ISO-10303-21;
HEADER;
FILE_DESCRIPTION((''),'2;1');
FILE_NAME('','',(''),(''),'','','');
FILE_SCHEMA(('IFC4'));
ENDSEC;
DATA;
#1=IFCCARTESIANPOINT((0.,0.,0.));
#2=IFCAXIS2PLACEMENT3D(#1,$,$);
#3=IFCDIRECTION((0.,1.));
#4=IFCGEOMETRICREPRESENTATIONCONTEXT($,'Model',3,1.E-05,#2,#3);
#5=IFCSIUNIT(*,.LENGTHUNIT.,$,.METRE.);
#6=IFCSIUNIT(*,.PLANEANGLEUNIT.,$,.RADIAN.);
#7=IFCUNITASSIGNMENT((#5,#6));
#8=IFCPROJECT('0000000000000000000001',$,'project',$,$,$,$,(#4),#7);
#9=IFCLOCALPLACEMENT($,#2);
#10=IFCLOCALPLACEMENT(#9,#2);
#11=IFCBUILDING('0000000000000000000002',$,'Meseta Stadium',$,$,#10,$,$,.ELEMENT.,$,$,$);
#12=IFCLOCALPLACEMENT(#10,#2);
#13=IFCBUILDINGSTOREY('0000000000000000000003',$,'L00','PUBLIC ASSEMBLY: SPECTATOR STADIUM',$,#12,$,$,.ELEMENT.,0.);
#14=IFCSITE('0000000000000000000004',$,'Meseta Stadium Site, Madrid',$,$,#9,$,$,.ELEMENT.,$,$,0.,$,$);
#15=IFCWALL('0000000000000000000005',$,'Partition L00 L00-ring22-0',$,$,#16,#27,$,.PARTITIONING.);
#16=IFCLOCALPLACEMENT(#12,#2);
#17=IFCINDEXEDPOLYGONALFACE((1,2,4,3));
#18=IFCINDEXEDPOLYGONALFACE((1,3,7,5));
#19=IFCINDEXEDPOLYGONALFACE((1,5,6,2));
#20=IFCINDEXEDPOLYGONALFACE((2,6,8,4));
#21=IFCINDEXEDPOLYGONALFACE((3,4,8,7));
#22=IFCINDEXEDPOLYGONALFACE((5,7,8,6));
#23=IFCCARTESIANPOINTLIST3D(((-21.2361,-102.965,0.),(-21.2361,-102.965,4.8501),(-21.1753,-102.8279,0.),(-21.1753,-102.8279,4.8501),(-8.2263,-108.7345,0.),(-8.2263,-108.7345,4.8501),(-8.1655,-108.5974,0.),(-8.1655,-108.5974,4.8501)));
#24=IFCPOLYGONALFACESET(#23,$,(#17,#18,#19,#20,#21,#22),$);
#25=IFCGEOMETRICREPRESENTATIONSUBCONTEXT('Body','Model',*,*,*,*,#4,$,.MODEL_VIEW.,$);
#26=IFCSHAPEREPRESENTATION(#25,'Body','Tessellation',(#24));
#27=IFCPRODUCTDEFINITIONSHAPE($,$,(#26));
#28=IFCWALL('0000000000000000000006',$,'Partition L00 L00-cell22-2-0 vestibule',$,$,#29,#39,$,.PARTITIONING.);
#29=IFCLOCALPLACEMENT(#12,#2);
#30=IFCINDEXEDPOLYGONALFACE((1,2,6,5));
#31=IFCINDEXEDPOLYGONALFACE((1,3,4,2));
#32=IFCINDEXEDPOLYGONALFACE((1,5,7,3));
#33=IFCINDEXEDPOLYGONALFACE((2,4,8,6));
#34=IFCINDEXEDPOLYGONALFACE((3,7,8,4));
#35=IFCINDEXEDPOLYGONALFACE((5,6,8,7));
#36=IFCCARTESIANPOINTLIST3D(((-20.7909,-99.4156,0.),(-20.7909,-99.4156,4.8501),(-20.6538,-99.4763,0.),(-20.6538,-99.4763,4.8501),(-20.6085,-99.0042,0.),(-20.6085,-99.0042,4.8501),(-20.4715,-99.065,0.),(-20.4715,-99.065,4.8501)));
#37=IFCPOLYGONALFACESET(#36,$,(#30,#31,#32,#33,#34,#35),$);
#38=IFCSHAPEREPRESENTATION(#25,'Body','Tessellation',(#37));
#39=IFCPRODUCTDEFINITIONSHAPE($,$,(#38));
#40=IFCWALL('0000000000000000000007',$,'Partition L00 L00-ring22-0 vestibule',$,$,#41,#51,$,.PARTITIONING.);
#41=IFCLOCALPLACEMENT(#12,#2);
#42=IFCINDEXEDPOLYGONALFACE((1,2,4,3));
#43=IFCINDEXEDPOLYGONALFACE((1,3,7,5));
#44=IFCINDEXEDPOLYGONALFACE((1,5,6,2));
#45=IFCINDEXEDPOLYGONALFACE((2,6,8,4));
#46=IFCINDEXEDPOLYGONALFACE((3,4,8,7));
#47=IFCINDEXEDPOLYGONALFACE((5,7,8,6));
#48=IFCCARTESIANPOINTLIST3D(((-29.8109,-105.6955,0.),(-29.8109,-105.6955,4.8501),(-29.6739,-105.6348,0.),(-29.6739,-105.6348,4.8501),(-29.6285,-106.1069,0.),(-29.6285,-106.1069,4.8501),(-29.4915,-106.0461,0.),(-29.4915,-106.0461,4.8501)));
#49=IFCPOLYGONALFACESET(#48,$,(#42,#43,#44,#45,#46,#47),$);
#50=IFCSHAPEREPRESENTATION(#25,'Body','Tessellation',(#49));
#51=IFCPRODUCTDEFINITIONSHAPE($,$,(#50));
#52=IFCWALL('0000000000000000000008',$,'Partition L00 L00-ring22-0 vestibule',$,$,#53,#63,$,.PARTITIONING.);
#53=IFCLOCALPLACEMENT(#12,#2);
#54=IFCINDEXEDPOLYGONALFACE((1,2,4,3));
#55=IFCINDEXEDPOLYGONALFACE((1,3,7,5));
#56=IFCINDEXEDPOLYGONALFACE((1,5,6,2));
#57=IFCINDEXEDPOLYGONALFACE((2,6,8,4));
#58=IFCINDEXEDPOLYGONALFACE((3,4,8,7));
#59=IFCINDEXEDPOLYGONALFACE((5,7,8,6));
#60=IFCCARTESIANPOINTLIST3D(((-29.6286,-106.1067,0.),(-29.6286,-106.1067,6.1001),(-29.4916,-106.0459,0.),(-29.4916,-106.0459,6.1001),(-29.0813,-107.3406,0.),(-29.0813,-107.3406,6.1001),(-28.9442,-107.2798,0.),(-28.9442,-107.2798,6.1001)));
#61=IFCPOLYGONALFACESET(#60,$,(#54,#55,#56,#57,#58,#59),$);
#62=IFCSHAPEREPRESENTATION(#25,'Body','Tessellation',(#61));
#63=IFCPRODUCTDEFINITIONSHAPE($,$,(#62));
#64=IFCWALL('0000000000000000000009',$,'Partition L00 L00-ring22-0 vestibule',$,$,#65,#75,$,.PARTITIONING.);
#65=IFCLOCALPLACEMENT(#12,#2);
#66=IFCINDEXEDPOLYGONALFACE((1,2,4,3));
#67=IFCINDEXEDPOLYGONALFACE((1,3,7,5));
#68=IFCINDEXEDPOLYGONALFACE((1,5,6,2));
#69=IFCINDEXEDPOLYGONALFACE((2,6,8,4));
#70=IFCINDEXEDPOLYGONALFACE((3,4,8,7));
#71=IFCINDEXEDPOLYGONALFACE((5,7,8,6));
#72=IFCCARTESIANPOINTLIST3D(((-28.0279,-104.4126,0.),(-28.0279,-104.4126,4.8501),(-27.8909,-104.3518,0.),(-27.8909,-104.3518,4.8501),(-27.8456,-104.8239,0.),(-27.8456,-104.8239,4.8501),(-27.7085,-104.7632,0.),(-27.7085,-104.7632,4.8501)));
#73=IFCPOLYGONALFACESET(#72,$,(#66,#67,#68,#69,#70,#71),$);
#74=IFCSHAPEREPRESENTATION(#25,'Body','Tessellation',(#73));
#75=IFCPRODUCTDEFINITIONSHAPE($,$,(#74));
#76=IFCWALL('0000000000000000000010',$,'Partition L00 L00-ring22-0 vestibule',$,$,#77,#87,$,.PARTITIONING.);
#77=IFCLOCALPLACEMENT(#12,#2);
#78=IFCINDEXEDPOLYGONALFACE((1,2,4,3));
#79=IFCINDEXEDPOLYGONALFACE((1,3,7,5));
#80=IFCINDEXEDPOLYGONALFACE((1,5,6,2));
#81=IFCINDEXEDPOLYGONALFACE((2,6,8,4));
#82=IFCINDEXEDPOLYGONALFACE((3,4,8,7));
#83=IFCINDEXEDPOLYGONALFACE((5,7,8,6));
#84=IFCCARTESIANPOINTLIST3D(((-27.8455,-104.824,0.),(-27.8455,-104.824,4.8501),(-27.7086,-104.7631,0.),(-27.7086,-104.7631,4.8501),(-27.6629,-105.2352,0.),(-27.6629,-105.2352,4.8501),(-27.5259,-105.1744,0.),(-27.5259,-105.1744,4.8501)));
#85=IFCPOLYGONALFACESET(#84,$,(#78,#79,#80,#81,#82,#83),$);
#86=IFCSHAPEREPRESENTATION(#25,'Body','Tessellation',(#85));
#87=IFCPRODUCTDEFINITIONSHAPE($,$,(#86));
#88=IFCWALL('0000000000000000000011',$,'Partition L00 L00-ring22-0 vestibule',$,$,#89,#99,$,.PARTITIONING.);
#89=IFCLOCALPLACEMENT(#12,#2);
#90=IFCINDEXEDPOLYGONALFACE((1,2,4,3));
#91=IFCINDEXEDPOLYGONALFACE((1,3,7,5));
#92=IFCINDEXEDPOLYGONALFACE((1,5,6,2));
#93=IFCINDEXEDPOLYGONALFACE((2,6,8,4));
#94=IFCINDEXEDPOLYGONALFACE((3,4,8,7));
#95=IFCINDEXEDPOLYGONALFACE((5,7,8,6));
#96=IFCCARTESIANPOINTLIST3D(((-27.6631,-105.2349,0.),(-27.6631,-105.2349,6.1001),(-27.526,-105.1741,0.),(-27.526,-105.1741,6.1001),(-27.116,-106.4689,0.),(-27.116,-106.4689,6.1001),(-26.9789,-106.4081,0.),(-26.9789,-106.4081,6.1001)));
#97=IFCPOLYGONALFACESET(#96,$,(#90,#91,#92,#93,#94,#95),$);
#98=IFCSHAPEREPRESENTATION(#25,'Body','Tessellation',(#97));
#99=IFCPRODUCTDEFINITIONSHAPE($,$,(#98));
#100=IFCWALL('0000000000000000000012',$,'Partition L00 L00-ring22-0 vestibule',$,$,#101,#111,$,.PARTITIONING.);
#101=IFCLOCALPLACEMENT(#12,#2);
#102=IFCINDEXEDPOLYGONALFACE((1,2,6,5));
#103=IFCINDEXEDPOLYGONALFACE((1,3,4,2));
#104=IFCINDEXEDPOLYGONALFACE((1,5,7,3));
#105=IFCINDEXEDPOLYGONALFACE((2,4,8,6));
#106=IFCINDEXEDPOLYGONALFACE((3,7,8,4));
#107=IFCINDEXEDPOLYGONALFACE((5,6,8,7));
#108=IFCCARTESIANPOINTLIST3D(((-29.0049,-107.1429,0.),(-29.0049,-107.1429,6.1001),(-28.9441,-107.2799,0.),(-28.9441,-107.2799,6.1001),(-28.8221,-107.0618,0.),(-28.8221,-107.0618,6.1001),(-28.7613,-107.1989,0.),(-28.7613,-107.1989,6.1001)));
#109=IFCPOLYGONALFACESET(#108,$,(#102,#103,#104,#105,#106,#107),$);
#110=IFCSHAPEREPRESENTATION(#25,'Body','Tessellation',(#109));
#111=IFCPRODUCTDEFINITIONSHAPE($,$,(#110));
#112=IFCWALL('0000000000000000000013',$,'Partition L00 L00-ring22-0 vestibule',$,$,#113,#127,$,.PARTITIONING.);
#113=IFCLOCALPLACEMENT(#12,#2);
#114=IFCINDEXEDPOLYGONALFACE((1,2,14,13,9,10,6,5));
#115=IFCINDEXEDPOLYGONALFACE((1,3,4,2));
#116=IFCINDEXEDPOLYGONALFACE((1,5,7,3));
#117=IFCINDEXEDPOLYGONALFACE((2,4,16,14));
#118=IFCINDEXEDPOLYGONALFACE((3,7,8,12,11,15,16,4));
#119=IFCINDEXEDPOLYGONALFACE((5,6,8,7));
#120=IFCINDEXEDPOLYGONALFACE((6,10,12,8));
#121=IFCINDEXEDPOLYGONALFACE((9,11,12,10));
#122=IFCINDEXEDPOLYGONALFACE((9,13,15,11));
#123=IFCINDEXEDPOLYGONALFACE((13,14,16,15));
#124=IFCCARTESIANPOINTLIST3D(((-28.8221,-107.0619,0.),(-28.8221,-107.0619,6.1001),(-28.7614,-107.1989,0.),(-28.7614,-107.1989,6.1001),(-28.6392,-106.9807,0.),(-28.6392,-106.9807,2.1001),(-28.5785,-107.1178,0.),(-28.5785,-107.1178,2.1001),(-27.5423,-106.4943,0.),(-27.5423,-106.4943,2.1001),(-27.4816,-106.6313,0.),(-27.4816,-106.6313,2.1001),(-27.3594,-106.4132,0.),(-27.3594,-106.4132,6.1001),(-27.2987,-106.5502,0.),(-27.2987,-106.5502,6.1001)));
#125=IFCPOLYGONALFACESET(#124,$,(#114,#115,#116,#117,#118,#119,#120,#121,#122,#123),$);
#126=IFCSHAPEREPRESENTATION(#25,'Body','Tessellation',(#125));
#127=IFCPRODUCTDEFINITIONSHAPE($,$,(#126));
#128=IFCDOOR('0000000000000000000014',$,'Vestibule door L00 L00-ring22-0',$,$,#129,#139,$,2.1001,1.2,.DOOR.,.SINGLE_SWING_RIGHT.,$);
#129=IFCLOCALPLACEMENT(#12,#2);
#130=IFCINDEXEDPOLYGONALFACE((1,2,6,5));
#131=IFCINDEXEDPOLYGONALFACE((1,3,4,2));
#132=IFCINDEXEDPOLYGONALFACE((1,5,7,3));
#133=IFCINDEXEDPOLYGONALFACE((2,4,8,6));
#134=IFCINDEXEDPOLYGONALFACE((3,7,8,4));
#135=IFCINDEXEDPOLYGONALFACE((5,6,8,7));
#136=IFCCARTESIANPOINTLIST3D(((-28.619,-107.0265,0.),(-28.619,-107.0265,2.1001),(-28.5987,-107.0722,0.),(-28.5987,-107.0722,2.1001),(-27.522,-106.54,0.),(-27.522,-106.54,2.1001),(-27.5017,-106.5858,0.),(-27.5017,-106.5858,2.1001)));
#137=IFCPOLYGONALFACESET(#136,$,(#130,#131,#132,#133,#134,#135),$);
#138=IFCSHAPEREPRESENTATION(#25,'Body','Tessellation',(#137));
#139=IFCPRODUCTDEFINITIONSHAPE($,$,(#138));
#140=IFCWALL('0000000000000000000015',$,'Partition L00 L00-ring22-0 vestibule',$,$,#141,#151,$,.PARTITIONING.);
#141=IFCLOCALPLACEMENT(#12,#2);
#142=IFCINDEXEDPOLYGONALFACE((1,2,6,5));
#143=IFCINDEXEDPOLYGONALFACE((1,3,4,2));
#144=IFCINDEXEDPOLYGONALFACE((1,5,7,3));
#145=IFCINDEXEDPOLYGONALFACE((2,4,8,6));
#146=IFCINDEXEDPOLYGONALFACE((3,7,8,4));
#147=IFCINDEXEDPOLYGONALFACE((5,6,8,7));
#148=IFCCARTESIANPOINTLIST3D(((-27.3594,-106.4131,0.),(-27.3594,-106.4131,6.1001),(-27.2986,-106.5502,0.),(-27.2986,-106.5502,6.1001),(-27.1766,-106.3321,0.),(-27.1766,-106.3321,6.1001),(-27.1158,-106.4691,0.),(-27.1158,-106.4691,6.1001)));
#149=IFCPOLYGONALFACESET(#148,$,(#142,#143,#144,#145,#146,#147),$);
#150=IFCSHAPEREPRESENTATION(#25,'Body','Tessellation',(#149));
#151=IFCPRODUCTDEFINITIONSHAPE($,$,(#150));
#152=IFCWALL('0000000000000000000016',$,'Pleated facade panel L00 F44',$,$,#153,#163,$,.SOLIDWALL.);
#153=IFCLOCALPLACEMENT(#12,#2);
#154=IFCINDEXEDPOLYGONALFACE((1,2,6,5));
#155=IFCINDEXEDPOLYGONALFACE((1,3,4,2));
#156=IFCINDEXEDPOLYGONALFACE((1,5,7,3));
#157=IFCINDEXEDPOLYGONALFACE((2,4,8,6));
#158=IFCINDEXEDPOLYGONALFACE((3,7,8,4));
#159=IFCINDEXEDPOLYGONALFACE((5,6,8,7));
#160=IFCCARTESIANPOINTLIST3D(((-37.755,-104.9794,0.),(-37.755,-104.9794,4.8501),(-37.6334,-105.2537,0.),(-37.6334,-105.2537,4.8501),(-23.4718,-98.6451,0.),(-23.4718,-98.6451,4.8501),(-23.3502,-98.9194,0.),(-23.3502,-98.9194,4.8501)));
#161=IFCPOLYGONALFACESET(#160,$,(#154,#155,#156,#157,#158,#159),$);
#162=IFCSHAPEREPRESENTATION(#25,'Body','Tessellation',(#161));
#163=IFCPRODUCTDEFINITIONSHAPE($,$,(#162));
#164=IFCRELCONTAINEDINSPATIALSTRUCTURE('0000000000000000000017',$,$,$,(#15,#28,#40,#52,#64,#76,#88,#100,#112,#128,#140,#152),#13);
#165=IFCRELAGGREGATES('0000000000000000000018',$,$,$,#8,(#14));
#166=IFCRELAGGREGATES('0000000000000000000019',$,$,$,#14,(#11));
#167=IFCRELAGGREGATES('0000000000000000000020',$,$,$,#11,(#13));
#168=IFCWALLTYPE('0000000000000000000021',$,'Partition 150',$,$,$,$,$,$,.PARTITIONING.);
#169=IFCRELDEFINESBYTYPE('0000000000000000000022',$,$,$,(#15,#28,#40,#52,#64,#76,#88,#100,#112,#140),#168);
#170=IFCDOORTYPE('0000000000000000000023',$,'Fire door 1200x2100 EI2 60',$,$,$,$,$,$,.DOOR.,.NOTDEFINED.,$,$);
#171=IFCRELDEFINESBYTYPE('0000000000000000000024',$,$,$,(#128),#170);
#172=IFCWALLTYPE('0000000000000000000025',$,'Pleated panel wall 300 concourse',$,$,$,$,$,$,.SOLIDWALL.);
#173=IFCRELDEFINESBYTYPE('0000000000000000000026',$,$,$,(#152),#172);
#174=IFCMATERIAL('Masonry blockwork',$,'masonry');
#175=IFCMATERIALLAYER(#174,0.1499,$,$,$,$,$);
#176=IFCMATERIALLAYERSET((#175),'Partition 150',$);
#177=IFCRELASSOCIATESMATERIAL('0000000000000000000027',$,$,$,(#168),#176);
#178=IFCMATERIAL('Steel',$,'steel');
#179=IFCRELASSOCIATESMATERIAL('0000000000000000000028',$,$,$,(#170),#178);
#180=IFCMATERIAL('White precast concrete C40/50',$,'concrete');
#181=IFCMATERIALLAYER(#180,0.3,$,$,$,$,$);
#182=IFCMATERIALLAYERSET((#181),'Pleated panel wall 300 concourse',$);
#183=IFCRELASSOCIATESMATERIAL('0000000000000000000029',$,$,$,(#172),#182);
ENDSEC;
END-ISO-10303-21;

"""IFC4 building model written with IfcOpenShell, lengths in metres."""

from ifc_helpers import new_model, si_unit, direction, frame, frame_2d, origin, place, context, subcontext, project, spatial, rectangle, extrude, material, layer, layer_set, type_object, element, fill, save


model = new_model("IFC4")

# Units and contexts
model_context = context("Model", 3, precision=1e-05, world=origin(), true_north=direction((0.0, 1.0)))
body_context = subcontext(model_context, "Body", "Model", "MODEL_VIEW")
ifc_project = project(units=[si_unit("LENGTHUNIT", "METRE"), si_unit("PLANEANGLEUNIT", "RADIAN")], contexts=[model_context])

# Site, building, storey
site_placement = place(None, origin())
site = spatial("IfcSite", under=ifc_project, at=site_placement, Name="Meseta Stadium Site, Madrid", CompositionType="ELEMENT", RefElevation=0.0)
building_placement = place(site_placement, origin())
building = spatial("IfcBuilding", under=site, at=building_placement, Name="Meseta Stadium", CompositionType="ELEMENT")
storey_placement = place(building_placement, origin())
storey = spatial("IfcBuildingStorey", under=building, at=storey_placement, Name="L00", Description="PUBLIC ASSEMBLY: SPECTATOR STADIUM", CompositionType="ELEMENT", Elevation=0.0)

# Walls
ifc_material_1 = material(Name="Masonry blockwork", Category="masonry")
ifc_layer_1 = layer(ifc_material_1, 0.1499)
ifc_layer_set_1 = layer_set([ifc_layer_1], Name="Partition 150")
wall_type_1 = type_object("IfcWallType", Name="Partition 150", PredefinedType="PARTITIONING", material=ifc_layer_set_1)
wall_1_placement = place(storey_placement, frame((-21.2056, -102.8965, 0.0), z_axis=(0.0, 0.0, 1.0), x_axis=(0.914139, -0.4054, 0.0)))
element("IfcWall", 1, at=wall_1_placement, inside=storey, type_object=wall_type_1, Name="Partition L00 L00-ring22-0", PredefinedType="PARTITIONING", context=body_context, shape_type="SweptSolid", body=[
    extrude(rectangle(XDim=14.2317, YDim=0.1499, at=frame_2d((7.1157, 0.0))), origin(), (0.0, 0.0, 1.0), 4.8501),
])
for number, where, z_axis, x_axis, name in (
    (2, (-20.7224, -99.446, 0.0), (0.0, 0.0, 1.0), (0.405283, 0.914191, 0.0), "Partition L00 L00-cell22-2-0 vestibule"),
    (3, (-29.7424, -105.665, 0.0), (0.0, 0.0, 1.0), (0.405283, -0.914191, 0.0), "Partition L00 L00-ring22-0 vestibule"),
):
    element("IfcWall", number, at=place(storey_placement, frame(where, z_axis=z_axis, x_axis=x_axis)), inside=storey, type_object=wall_type_1, Name=name, PredefinedType="PARTITIONING", context=body_context, shape_type="SweptSolid", body=[
        extrude(rectangle(XDim=0.45, YDim=0.1499, at=frame_2d((0.2251, 0.0))), origin(), (0.0, 0.0, 1.0), 4.8501),
    ])
wall_2_placement = place(storey_placement, frame((-29.5601, -106.0764, 0.0), z_axis=(0.0, 0.0, 1.0), x_axis=(0.405501, -0.914095, 0.0)))
element("IfcWall", 4, at=wall_2_placement, inside=storey, type_object=wall_type_1, Name="Partition L00 L00-ring22-0 vestibule", PredefinedType="PARTITIONING", context=body_context, shape_type="SweptSolid", body=[
    extrude(rectangle(XDim=1.3499, YDim=0.1499, at=frame_2d((0.6748, 0.0))), origin(), (0.0, 0.0, 1.0), 6.1001),
])
for number, where, z_axis, x_axis, name in (
    (5, (-27.9595, -104.3821, 0.0), (0.0, 0.0, 1.0), (0.405283, -0.914191, 0.0), "Partition L00 L00-ring22-0 vestibule"),
    (6, (-27.7771, -104.7935, 0.0), (0.0, 0.0, 1.0), (0.405937, -0.913901, 0.0), "Partition L00 L00-ring22-0 vestibule"),
):
    element("IfcWall", number, at=place(storey_placement, frame(where, z_axis=z_axis, x_axis=x_axis)), inside=storey, type_object=wall_type_1, Name=name, PredefinedType="PARTITIONING", context=body_context, shape_type="SweptSolid", body=[
        extrude(rectangle(XDim=0.45, YDim=0.1499, at=frame_2d((0.2251, 0.0))), origin(), (0.0, 0.0, 1.0), 4.8501),
    ])
wall_3_placement = place(storey_placement, frame((-27.5945, -105.2046, 0.0), z_axis=(0.0, 0.0, 1.0), x_axis=(0.405283, -0.914191, 0.0)))
element("IfcWall", 7, at=wall_3_placement, inside=storey, type_object=wall_type_1, Name="Partition L00 L00-ring22-0 vestibule", PredefinedType="PARTITIONING", context=body_context, shape_type="SweptSolid", body=[
    extrude(rectangle(XDim=1.3499, YDim=0.1499, at=frame_2d((0.6748, 0.0))), origin(), (0.0, 0.0, 1.0), 6.1001),
])
wall_4_placement = place(storey_placement, frame((-28.9746, -107.2114, 0.0), z_axis=(0.0, 0.0, 1.0), x_axis=(0.914214, 0.405232, 0.0)))
element("IfcWall", 8, at=wall_4_placement, inside=storey, type_object=wall_type_1, Name="Partition L00 L00-ring22-0 vestibule", PredefinedType="PARTITIONING", context=body_context, shape_type="SweptSolid", body=[
    extrude(rectangle(XDim=0.2, YDim=0.1499, at=frame_2d((0.1001, 0.0))), origin(), (0.0, 0.0, 1.0), 6.1001),
])

# Wall, opening, door
wall_5_placement = place(storey_placement, frame((-28.7917, -107.1304, 0.0), z_axis=(0.0, 0.0, 1.0), x_axis=(0.914132, 0.405416, 0.0)))
wall_5 = element("IfcWall", 9, at=wall_5_placement, inside=storey, type_object=wall_type_1, Name="Partition L00 L00-ring22-0 vestibule", PredefinedType="PARTITIONING", context=body_context, shape_type="SweptSolid", body=[
    extrude(rectangle(XDim=1.6001, YDim=0.1499, at=frame_2d((0.8, 0.0))), origin(), (0.0, 0.0, 1.0), 6.1001),
])
opening_1_placement = place(wall_5_placement, frame((0.2, 0.0, 0.0)))
opening_1 = element("IfcOpeningElement", 10, at=opening_1_placement, cuts=wall_5, PredefinedType="OPENING", context=body_context, shape_type="SweptSolid", body=[
    extrude(rectangle(XDim=1.2, YDim=2.1001, at=frame_2d((0.6001, 1.05))), frame((0.0, 0.085, 0.0), z_axis=(0.0, -1.0, 0.0), x_axis=(1.0, 0.0, 0.0)), (0.0, 0.0, 1.0), 0.1699),
])
ifc_material_2 = material(Name="Steel", Category="steel")
door_type_1 = type_object("IfcDoorType", Name="Fire door 1200x2100 EI2 60", OperationType="NOTDEFINED", PredefinedType="DOOR", material=ifc_material_2)
door_1_placement = place(opening_1_placement, origin())
door_1 = element("IfcDoor", 11, at=door_1_placement, inside=storey, type_object=door_type_1, Name="Vestibule door L00 L00-ring22-0", OperationType="SINGLE_SWING_RIGHT", OverallHeight=2.1001, OverallWidth=1.2, PredefinedType="DOOR", context=body_context, shape_type="SweptSolid", body=[
    extrude(rectangle(XDim=1.2, YDim=2.1001, at=frame_2d((0.6001, 1.05))), frame((0.0, 0.0249, 0.0), z_axis=(0.0, -1.0, 0.0), x_axis=(1.0, 0.0, 0.0)), (0.0, 0.0, 1.0), 0.05),
])
fill(opening_1, door_1)

# Walls
wall_6_placement = place(storey_placement, frame((-27.3291, -106.4817, 0.0), z_axis=(0.0, 0.0, 1.0), x_axis=(0.914214, 0.405232, 0.0)))
element("IfcWall", 12, at=wall_6_placement, inside=storey, type_object=wall_type_1, Name="Partition L00 L00-ring22-0 vestibule", PredefinedType="PARTITIONING", context=body_context, shape_type="SweptSolid", body=[
    extrude(rectangle(XDim=0.2, YDim=0.1499, at=frame_2d((0.1001, 0.0))), origin(), (0.0, 0.0, 1.0), 6.1001),
])
ifc_material_3 = material(Name="White precast concrete C40/50", Category="concrete")
ifc_layer_2 = layer(ifc_material_3, 0.3)
ifc_layer_set_2 = layer_set([ifc_layer_2], Name="Pleated panel wall 300 concourse")
wall_type_2 = type_object("IfcWallType", Name="Pleated panel wall 300 concourse", PredefinedType="SOLIDWALL", material=ifc_layer_set_2)
wall_7_placement = place(storey_placement, frame((-23.4109, -98.7822, 0.0), z_axis=(0.0, 0.0, 1.0), x_axis=(-0.914141, -0.405398, 0.0)))
element("IfcWall", 13, at=wall_7_placement, inside=storey, type_object=wall_type_2, Name="Pleated facade panel L00 F44", PredefinedType="SOLIDWALL", context=body_context, shape_type="SweptSolid", body=[
    extrude(rectangle(XDim=15.6248, YDim=0.3, at=frame_2d((7.8125, 0.0))), origin(), (0.0, 0.0, 1.0), 4.8501),
])

save(model, "model.ifc")
